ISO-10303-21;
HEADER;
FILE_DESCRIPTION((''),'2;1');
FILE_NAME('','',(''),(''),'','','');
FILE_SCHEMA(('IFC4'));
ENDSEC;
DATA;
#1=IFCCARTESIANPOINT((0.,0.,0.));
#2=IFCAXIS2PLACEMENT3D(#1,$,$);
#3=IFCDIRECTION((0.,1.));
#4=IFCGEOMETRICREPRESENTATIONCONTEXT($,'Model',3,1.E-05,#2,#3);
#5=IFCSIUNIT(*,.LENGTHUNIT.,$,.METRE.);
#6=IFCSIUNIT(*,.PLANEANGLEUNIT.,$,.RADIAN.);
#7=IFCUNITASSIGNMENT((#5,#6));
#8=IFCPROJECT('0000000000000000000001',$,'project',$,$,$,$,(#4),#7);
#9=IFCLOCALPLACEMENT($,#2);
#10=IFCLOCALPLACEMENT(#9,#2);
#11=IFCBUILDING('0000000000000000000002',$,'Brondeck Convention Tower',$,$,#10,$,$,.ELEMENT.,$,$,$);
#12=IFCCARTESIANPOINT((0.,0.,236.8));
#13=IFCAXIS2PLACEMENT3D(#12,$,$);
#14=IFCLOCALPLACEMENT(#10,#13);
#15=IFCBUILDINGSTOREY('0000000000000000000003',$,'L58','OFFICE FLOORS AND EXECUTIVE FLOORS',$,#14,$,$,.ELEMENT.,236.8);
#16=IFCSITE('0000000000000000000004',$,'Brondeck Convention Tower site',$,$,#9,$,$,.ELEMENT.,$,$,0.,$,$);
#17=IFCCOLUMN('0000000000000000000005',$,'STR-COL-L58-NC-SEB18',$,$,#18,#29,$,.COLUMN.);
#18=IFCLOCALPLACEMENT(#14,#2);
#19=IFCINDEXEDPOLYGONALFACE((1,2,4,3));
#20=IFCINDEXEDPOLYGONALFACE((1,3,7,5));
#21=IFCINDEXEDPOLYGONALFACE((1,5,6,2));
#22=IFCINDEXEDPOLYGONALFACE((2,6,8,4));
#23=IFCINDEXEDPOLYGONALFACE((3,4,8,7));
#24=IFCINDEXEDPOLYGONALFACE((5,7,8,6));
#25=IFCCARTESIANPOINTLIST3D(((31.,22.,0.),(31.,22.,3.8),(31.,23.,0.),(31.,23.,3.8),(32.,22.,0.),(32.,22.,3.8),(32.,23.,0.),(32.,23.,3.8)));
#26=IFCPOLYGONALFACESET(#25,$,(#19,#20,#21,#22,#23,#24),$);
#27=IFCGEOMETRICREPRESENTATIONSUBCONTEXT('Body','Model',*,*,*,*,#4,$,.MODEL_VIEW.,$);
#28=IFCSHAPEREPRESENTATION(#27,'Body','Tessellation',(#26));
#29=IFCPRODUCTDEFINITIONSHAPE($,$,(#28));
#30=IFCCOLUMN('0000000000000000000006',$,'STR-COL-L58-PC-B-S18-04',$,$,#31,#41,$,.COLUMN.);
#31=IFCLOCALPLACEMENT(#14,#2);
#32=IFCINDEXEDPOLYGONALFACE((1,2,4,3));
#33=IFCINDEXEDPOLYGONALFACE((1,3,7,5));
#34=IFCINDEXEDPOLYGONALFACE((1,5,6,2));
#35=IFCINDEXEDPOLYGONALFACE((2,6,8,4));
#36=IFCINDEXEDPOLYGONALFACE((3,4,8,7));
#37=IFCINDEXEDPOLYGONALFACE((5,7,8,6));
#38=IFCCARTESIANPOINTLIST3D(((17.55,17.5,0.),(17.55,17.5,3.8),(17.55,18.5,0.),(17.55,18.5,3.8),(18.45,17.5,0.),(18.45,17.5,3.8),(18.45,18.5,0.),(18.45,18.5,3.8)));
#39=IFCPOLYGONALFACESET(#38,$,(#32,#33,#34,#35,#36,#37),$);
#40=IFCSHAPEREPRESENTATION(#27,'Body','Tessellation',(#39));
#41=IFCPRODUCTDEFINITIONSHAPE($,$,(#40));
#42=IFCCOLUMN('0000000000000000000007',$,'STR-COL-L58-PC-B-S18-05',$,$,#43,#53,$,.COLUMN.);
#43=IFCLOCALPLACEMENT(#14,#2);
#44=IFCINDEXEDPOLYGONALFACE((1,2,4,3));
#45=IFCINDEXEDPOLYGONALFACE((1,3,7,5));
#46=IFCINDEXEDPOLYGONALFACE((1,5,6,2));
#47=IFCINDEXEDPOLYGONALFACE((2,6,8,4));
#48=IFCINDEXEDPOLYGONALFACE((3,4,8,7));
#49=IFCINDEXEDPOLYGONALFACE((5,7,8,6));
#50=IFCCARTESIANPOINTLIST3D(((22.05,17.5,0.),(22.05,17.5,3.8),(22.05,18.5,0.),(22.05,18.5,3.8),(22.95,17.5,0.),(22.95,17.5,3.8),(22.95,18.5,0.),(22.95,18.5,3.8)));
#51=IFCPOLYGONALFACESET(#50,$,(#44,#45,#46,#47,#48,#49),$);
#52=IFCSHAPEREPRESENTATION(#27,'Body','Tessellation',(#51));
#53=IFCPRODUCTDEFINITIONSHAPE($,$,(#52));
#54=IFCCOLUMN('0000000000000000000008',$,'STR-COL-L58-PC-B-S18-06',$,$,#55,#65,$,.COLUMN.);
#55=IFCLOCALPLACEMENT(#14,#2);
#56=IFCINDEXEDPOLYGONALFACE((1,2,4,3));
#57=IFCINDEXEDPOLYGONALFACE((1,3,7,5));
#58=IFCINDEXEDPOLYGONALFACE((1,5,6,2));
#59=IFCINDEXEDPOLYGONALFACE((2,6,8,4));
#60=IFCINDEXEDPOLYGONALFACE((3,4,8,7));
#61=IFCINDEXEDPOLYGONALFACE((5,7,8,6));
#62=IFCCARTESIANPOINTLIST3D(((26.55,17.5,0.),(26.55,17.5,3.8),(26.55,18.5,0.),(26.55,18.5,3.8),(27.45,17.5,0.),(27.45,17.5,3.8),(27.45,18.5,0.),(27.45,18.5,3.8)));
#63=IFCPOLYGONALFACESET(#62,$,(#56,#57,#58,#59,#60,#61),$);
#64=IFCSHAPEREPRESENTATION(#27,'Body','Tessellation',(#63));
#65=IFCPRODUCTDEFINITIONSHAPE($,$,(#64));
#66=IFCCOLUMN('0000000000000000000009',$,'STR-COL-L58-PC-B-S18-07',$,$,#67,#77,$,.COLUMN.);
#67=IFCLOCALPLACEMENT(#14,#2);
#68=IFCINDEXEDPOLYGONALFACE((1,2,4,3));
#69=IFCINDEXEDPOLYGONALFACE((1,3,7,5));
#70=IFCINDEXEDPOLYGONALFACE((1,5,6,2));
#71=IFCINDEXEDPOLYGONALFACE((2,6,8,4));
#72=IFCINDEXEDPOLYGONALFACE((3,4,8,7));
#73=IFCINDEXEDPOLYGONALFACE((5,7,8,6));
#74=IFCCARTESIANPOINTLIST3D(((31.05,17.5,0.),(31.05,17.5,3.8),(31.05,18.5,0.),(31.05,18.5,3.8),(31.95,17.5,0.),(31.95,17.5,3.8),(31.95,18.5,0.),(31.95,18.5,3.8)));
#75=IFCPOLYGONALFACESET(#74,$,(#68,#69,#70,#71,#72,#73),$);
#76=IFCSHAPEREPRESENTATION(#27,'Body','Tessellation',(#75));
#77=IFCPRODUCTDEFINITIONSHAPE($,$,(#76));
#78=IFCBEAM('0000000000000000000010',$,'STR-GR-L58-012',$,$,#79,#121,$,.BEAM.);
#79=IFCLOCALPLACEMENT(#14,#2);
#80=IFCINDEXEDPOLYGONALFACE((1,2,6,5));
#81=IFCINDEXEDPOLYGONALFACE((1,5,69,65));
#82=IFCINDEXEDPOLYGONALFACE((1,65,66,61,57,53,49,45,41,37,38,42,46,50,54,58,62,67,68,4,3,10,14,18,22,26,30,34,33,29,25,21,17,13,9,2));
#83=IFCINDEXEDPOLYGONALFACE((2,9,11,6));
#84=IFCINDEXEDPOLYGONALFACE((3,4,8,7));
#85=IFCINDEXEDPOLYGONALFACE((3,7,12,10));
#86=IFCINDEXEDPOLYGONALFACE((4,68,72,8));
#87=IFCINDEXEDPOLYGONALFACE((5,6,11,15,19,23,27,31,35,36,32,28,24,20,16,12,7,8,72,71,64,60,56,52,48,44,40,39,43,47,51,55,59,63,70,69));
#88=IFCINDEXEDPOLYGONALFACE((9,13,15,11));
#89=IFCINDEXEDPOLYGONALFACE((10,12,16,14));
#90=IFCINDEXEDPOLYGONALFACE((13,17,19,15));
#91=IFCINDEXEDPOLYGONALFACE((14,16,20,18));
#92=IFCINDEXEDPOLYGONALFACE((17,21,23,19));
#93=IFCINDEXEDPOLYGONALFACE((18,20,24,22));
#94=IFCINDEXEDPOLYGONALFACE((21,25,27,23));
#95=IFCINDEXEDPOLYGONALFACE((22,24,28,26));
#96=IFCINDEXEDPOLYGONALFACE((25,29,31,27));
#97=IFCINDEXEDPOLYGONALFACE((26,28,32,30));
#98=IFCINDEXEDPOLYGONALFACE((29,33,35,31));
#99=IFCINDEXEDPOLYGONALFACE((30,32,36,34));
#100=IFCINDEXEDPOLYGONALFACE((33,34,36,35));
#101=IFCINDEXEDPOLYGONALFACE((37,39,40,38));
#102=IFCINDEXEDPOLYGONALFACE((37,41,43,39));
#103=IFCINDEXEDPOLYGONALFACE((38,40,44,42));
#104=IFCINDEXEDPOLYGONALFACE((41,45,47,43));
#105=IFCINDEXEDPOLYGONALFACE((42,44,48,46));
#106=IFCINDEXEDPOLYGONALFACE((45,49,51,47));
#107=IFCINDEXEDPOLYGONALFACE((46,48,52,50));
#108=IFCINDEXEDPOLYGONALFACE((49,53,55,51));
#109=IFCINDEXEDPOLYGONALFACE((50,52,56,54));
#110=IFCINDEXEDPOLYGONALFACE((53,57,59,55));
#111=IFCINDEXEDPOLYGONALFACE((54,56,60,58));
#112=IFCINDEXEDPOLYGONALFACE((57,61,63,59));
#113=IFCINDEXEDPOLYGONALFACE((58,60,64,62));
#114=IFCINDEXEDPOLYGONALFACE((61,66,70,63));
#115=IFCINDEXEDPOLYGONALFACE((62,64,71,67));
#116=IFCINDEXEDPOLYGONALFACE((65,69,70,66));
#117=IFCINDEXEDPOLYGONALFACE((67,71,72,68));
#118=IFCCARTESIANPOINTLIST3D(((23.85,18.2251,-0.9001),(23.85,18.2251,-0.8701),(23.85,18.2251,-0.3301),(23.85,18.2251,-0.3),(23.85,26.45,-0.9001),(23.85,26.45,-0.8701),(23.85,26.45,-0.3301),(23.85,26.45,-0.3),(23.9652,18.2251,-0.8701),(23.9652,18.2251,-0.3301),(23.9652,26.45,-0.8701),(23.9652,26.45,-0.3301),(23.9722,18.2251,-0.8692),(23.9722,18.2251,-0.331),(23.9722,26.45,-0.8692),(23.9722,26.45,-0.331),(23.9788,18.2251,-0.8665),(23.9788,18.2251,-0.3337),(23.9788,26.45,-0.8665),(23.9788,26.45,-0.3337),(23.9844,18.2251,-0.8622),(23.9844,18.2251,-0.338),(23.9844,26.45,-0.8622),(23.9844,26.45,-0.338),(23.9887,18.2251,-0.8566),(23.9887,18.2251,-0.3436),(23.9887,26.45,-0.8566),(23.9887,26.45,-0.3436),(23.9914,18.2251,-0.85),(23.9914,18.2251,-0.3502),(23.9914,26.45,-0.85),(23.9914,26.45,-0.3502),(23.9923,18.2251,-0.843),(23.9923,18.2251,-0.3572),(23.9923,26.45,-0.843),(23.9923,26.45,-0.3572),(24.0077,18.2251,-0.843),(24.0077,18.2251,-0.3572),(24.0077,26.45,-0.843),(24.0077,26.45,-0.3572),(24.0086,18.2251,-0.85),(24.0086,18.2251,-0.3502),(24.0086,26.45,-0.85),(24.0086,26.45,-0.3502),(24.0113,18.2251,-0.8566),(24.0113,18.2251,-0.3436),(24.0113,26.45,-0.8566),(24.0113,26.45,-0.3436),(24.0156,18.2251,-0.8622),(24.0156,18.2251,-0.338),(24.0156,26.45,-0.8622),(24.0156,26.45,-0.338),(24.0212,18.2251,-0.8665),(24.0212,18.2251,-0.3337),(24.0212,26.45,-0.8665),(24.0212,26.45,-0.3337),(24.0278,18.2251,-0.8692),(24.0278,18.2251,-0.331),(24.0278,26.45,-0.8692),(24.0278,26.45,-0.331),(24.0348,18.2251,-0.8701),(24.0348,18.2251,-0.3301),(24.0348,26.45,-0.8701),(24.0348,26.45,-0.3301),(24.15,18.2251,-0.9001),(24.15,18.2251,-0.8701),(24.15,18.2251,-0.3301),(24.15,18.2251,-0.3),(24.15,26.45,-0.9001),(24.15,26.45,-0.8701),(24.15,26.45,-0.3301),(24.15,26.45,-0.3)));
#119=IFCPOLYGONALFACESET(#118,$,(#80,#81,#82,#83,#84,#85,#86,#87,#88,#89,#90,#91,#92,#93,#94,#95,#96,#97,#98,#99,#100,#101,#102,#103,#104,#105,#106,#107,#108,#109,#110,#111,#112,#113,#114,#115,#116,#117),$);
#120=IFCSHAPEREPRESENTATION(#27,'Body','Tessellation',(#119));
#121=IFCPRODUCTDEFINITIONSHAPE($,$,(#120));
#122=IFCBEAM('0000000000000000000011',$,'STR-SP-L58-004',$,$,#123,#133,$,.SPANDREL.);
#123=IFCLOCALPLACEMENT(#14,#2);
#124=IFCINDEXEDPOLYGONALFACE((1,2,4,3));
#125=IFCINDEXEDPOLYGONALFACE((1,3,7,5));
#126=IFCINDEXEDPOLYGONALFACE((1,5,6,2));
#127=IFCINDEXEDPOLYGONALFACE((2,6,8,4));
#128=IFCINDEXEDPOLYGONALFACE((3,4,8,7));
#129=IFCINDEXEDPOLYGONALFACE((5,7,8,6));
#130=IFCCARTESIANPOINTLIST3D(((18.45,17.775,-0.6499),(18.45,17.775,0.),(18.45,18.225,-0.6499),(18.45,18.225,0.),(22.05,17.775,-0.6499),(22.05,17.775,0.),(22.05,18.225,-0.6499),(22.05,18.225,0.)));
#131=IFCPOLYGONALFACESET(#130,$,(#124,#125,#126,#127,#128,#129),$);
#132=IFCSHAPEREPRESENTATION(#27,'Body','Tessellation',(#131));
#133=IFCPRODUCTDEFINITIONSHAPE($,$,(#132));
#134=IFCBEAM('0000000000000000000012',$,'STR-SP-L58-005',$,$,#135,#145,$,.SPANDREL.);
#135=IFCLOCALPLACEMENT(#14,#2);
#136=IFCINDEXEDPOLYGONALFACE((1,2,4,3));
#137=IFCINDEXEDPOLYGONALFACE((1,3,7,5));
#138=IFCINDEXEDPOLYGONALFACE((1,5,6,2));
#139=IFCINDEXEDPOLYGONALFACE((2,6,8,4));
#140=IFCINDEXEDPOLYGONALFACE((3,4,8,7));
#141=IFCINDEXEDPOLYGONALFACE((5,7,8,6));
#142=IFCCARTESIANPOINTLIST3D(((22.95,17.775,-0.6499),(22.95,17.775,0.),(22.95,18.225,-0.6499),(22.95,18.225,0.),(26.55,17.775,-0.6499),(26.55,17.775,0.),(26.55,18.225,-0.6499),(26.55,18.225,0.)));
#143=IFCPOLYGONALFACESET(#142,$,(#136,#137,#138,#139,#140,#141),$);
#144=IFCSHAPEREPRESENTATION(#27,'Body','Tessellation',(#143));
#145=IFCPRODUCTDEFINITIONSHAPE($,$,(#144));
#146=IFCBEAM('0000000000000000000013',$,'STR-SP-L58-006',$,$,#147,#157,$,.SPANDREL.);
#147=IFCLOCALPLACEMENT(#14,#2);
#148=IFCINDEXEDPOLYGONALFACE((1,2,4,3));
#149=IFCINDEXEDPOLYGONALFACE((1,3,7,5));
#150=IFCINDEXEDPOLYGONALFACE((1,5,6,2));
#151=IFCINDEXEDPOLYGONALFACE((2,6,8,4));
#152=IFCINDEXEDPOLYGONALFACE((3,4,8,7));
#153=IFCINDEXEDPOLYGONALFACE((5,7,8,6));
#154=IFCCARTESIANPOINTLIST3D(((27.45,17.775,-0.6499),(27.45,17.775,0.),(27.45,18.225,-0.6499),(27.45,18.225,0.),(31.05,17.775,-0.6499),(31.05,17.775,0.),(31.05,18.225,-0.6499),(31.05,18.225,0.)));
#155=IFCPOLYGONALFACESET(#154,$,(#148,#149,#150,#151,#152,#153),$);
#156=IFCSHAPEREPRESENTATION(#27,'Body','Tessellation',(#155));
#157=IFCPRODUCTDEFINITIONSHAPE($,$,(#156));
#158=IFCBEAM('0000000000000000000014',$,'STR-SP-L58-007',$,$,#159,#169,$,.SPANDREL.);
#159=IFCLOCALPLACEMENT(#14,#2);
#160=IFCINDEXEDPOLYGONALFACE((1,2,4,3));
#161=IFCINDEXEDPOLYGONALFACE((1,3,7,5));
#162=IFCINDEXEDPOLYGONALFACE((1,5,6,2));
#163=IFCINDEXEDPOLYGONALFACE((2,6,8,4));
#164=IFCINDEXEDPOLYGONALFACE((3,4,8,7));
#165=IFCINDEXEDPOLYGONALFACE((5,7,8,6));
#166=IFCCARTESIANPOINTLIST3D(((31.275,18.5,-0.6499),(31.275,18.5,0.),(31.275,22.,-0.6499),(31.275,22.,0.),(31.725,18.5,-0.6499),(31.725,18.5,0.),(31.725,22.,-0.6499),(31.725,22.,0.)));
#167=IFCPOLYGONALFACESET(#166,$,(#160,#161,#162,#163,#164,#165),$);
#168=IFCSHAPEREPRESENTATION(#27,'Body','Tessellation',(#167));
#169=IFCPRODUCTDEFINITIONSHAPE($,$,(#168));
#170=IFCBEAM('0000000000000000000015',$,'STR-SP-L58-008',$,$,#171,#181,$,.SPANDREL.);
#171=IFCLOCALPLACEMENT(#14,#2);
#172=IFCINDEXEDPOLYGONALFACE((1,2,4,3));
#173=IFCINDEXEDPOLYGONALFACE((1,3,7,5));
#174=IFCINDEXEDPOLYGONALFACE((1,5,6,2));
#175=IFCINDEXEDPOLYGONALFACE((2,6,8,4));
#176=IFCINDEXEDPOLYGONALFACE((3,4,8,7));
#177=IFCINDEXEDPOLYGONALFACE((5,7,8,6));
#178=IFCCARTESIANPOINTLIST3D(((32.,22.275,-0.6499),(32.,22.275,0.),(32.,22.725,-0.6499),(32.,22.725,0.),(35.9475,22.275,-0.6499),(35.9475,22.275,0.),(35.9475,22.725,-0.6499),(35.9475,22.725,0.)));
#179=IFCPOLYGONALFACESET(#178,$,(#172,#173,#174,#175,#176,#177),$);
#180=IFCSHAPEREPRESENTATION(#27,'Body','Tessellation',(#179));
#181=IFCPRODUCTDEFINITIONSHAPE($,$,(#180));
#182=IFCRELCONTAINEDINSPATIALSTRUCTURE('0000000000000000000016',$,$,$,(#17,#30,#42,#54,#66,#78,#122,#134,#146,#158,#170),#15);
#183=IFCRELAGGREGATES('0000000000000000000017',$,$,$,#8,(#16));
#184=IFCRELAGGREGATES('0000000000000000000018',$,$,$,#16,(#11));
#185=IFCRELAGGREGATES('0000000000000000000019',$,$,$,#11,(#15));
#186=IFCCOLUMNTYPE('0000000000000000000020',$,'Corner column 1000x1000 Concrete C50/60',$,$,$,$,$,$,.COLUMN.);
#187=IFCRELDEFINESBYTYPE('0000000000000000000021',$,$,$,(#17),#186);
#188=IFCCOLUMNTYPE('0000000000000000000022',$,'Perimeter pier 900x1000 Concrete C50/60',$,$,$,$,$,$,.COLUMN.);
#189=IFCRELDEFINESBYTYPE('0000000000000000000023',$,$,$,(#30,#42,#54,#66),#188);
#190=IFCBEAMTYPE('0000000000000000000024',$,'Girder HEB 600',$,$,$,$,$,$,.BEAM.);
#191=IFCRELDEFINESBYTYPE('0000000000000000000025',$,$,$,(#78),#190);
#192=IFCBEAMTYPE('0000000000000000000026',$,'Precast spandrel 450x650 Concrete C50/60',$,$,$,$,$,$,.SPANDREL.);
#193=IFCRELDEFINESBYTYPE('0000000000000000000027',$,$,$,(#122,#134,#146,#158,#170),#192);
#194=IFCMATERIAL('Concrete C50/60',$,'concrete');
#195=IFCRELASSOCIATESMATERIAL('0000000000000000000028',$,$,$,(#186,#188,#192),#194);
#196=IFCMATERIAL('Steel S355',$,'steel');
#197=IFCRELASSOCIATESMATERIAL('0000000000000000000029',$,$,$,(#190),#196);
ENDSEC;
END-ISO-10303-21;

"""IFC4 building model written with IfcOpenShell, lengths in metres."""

from ifc_helpers import new_model, si_unit, direction, frame, origin, origin_2d, place, context, subcontext, project, spatial, rectangle, i_section, extrude, material, material_profile, profile_set, type_object, element, save


model = new_model("IFC4")

# Units and contexts
model_context = context("Model", 3, precision=1e-05, world=origin(), true_north=direction((0.0, 1.0)))
body_context = subcontext(model_context, "Body", "Model", "MODEL_VIEW")
ifc_project = project(units=[si_unit("LENGTHUNIT", "METRE"), si_unit("PLANEANGLEUNIT", "RADIAN")], contexts=[model_context])

# Site, building, storey
site_placement = place(None, origin())
site = spatial("IfcSite", under=ifc_project, at=site_placement, Name="Brondeck Convention Tower site", CompositionType="ELEMENT", RefElevation=0.0)
building_placement = place(site_placement, origin())
building = spatial("IfcBuilding", under=site, at=building_placement, Name="Brondeck Convention Tower", CompositionType="ELEMENT")
storey_placement = place(building_placement, frame((0.0, 0.0, 236.8)))
storey = spatial("IfcBuildingStorey", under=building, at=storey_placement, Name="L58", Description="OFFICE FLOORS AND EXECUTIVE FLOORS", CompositionType="ELEMENT", Elevation=236.8)

# Columns
ifc_material_1 = material(Name="Concrete C50/60", Category="concrete")
ifc_material_profile_1 = material_profile(ifc_material_1, rectangle(XDim=1.0, YDim=1.0, at=origin_2d()), Name="Corner column 1000x1000 Concrete C50/60")
ifc_profile_set_1 = profile_set([ifc_material_profile_1], Name="Concrete C50/60")
column_type_1 = type_object("IfcColumnType", Name="Corner column 1000x1000 Concrete C50/60", PredefinedType="COLUMN", material=ifc_profile_set_1)
column_placement = place(storey_placement, frame((31.5, 22.5, 0.0), z_axis=(0.0, 0.0, 1.0), x_axis=(1.0, 0.0, 0.0)))
element("IfcColumn", 1, at=column_placement, inside=storey, type_object=column_type_1, Name="STR-COL-L58-NC-SEB18", PredefinedType="COLUMN", context=body_context, shape_type="SweptSolid", body=[
    extrude(rectangle(XDim=1.0, YDim=1.0, at=origin_2d()), origin(), (0.0, 0.0, 1.0), 3.8),
])
ifc_material_profile_2 = material_profile(ifc_material_1, rectangle(XDim=0.8999, YDim=1.0, at=origin_2d()), Name="Perimeter pier 900x1000 Concrete C50/60")
ifc_profile_set_2 = profile_set([ifc_material_profile_2], Name="Concrete C50/60")
column_type_2 = type_object("IfcColumnType", Name="Perimeter pier 900x1000 Concrete C50/60", PredefinedType="COLUMN", material=ifc_profile_set_2)
for number, where, z_axis, x_axis, name in (
    (2, (18.0, 18.0, 0.0), (0.0, 0.0, 1.0), (1.0, 0.0, 0.0), "STR-COL-L58-PC-B-S18-04"),
    (3, (22.5, 18.0, 0.0), (0.0, 0.0, 1.0), (1.0, 0.0, 0.0), "STR-COL-L58-PC-B-S18-05"),
    (4, (27.0, 18.0, 0.0), (0.0, 0.0, 1.0), (1.0, 0.0, 0.0), "STR-COL-L58-PC-B-S18-06"),
    (5, (31.5, 18.0, 0.0), (0.0, 0.0, 1.0), (1.0, 0.0, 0.0), "STR-COL-L58-PC-B-S18-07"),
):
    element("IfcColumn", number, at=place(storey_placement, frame(where, z_axis=z_axis, x_axis=x_axis)), inside=storey, type_object=column_type_2, Name=name, PredefinedType="COLUMN", context=body_context, shape_type="SweptSolid", body=[
        extrude(rectangle(XDim=0.8999, YDim=1.0, at=origin_2d()), origin(), (0.0, 0.0, 1.0), 3.8),
    ])

# Beams
ifc_material_2 = material(Name="Steel S355", Category="steel")
ifc_material_profile_3 = material_profile(ifc_material_2, i_section(OverallWidth=0.3, OverallDepth=0.6001, WebThickness=0.0154, FlangeThickness=0.03, FilletRadius=0.0271, at=origin_2d()), Name="HEB 600")
ifc_profile_set_3 = profile_set([ifc_material_profile_3], Name="Steel S355")
beam_type_1 = type_object("IfcBeamType", Name="Girder HEB 600", PredefinedType="BEAM", material=ifc_profile_set_3)
beam_1_placement = place(storey_placement, frame((24.0, 26.45, -0.6001), z_axis=(0.0, -1.0, 0.0), x_axis=(1.0, 0.0, 0.0)))
element("IfcBeam", 6, at=beam_1_placement, inside=storey, type_object=beam_type_1, Name="STR-GR-L58-012", PredefinedType="BEAM", context=body_context, shape_type="SweptSolid", body=[
    extrude(i_section(OverallWidth=0.3, OverallDepth=0.6001, WebThickness=0.0154, FlangeThickness=0.03, FilletRadius=0.0271, at=origin_2d()), origin(), (0.0, 0.0, 1.0), 8.2249),
])
ifc_material_profile_4 = material_profile(ifc_material_1, rectangle(XDim=0.45, YDim=0.6499, at=origin_2d()), Name="Precast spandrel 450x650 Concrete C50/60")
ifc_profile_set_4 = profile_set([ifc_material_profile_4], Name="Concrete C50/60")
beam_type_2 = type_object("IfcBeamType", Name="Precast spandrel 450x650 Concrete C50/60", PredefinedType="SPANDREL", material=ifc_profile_set_4)
for number, where, z_axis, x_axis, name in (
    (7, (18.45, 18.0, -0.325), (1.0, 0.0, 0.0), (0.0, 1.0, 0.0), "STR-SP-L58-004"),
    (8, (22.95, 18.0, -0.325), (1.0, 0.0, 0.0), (0.0, 1.0, 0.0), "STR-SP-L58-005"),
    (9, (27.45, 18.0, -0.325), (1.0, 0.0, 0.0), (0.0, 1.0, 0.0), "STR-SP-L58-006"),
):
    element("IfcBeam", number, at=place(storey_placement, frame(where, z_axis=z_axis, x_axis=x_axis)), inside=storey, type_object=beam_type_2, Name=name, PredefinedType="SPANDREL", context=body_context, shape_type="SweptSolid", body=[
        extrude(rectangle(XDim=0.45, YDim=0.6499, at=origin_2d()), origin(), (0.0, 0.0, 1.0), 3.6001),
    ])
beam_2_placement = place(storey_placement, frame((31.5, 18.5, -0.325), z_axis=(0.0, 1.0, 0.0), x_axis=(-1.0, 0.0, 0.0)))
element("IfcBeam", 10, at=beam_2_placement, inside=storey, type_object=beam_type_2, Name="STR-SP-L58-007", PredefinedType="SPANDREL", context=body_context, shape_type="SweptSolid", body=[
    extrude(rectangle(XDim=0.45, YDim=0.6499, at=origin_2d()), origin(), (0.0, 0.0, 1.0), 3.5),
])
beam_3_placement = place(storey_placement, frame((32.0, 22.5, -0.325), z_axis=(1.0, 0.0, 0.0), x_axis=(0.0, 1.0, 0.0)))
element("IfcBeam", 11, at=beam_3_placement, inside=storey, type_object=beam_type_2, Name="STR-SP-L58-008", PredefinedType="SPANDREL", context=body_context, shape_type="SweptSolid", body=[
    extrude(rectangle(XDim=0.45, YDim=0.6499, at=origin_2d()), origin(), (0.0, 0.0, 1.0), 3.9475),
])

save(model, "model.ifc")
